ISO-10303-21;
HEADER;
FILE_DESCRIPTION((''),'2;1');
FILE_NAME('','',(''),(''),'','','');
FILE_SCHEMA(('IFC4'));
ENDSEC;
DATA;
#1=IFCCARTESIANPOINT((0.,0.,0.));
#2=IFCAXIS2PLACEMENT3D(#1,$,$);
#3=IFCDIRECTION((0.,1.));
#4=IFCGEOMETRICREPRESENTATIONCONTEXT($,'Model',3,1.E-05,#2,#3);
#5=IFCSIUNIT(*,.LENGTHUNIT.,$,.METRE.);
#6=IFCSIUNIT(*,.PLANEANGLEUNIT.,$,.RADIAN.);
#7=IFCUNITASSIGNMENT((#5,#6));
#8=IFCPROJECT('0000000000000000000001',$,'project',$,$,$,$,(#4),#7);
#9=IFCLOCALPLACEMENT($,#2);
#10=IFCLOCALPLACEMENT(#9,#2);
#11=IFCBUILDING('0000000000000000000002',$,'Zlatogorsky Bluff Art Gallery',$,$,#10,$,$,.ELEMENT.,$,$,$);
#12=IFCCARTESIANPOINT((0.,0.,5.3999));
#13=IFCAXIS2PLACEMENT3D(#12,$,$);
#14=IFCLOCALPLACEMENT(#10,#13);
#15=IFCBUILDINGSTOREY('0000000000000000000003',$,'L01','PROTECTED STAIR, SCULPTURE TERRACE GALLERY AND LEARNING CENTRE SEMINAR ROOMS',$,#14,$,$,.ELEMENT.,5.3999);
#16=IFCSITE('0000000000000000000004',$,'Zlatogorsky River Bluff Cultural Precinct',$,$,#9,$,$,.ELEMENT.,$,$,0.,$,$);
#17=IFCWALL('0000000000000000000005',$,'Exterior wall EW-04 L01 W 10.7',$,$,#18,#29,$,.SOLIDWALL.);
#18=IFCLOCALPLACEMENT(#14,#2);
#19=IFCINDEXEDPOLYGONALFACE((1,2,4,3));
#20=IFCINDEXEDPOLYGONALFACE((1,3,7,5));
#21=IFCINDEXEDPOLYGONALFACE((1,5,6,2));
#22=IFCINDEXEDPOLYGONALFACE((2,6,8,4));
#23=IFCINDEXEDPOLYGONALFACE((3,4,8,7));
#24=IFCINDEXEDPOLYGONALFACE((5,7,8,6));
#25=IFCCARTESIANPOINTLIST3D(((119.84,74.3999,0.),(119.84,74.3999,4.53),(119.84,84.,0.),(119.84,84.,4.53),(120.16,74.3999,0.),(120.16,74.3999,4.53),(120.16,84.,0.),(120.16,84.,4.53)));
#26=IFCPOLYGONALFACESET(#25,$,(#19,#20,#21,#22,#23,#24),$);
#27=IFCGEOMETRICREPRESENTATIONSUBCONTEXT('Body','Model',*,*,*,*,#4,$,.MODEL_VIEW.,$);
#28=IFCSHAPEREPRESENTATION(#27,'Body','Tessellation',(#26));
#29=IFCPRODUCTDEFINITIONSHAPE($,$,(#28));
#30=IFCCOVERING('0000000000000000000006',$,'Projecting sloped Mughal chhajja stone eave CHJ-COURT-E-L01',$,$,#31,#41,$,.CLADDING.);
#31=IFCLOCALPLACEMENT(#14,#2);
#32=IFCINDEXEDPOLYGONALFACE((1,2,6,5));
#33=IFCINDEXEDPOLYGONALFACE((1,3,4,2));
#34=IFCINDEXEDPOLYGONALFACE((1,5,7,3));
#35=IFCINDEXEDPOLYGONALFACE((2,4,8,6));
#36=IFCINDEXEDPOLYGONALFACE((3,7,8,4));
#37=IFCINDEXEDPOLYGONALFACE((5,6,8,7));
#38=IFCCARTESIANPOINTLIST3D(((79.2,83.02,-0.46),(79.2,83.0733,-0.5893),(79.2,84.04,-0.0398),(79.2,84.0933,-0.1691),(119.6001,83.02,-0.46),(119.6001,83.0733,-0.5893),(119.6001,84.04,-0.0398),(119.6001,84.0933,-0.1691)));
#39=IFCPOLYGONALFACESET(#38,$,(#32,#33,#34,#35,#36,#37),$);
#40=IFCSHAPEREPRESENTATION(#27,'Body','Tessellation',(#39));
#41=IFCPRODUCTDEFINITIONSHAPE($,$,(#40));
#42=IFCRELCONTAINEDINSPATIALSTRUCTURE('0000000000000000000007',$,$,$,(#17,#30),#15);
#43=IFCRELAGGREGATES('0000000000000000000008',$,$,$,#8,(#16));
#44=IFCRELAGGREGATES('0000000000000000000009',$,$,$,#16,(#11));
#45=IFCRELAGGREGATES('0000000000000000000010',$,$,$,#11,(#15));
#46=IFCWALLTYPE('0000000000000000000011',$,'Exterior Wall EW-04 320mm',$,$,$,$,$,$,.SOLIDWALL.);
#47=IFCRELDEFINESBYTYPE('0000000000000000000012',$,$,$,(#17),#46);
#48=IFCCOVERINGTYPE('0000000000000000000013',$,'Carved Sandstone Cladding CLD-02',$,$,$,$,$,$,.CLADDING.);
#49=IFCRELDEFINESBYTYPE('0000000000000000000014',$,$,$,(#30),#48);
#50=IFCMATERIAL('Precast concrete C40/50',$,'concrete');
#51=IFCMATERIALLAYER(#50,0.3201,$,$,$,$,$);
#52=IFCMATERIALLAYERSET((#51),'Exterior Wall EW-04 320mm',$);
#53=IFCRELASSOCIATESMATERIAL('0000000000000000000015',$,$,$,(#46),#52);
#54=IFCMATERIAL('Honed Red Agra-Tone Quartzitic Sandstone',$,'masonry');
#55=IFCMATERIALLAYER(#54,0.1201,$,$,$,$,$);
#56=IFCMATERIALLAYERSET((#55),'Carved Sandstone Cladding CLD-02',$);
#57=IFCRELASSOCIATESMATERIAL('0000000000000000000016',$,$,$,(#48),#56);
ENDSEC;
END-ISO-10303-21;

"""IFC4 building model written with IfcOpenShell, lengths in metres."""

from ifc_helpers import new_model, si_unit, direction, frame, frame_2d, origin, place, context, subcontext, project, spatial, polyline, rectangle, outline, extrude, material, layer, layer_set, type_object, element, save


model = new_model("IFC4")

# Units and contexts
model_context = context("Model", 3, precision=1e-05, world=origin(), true_north=direction((0.0, 1.0)))
body_context = subcontext(model_context, "Body", "Model", "MODEL_VIEW")
ifc_project = project(units=[si_unit("LENGTHUNIT", "METRE"), si_unit("PLANEANGLEUNIT", "RADIAN")], contexts=[model_context])

# Site, building, storey
site_placement = place(None, origin())
site = spatial("IfcSite", under=ifc_project, at=site_placement, Name="Zlatogorsky River Bluff Cultural Precinct", CompositionType="ELEMENT", RefElevation=0.0)
building_placement = place(site_placement, origin())
building = spatial("IfcBuilding", under=site, at=building_placement, Name="Zlatogorsky Bluff Art Gallery", CompositionType="ELEMENT")
storey_placement = place(building_placement, frame((0.0, 0.0, 5.3999)))
storey = spatial("IfcBuildingStorey", under=building, at=storey_placement, Name="L01", Description="PROTECTED STAIR, SCULPTURE TERRACE GALLERY AND LEARNING CENTRE SEMINAR ROOMS", CompositionType="ELEMENT", Elevation=5.3999)

# Wall
ifc_material_1 = material(Name="Precast concrete C40/50", Category="concrete")
ifc_layer_1 = layer(ifc_material_1, 0.3201)
ifc_layer_set_1 = layer_set([ifc_layer_1], Name="Exterior Wall EW-04 320mm")
wall_type = type_object("IfcWallType", Name="Exterior Wall EW-04 320mm", PredefinedType="SOLIDWALL", material=ifc_layer_set_1)
wall_placement = place(storey_placement, frame((120.0, 84.0, 0.0), z_axis=(0.0, 0.0, 1.0), x_axis=(0.0, -1.0, 0.0)))
element("IfcWall", 1, at=wall_placement, inside=storey, type_object=wall_type, Name="Exterior wall EW-04 L01 W 10.7", PredefinedType="SOLIDWALL", context=body_context, shape_type="SweptSolid", body=[
    extrude(rectangle(XDim=9.6001, YDim=0.3201, at=frame_2d((4.8, 0.0))), origin(), (0.0, 0.0, 1.0), 4.53),
])

# Covering
ifc_material_2 = material(Name="Honed Red Agra-Tone Quartzitic Sandstone", Category="masonry")
ifc_layer_2 = layer(ifc_material_2, 0.1201)
ifc_layer_set_2 = layer_set([ifc_layer_2], Name="Carved Sandstone Cladding CLD-02")
covering_type = type_object("IfcCoveringType", Name="Carved Sandstone Cladding CLD-02", PredefinedType="CLADDING", material=ifc_layer_set_2)
covering_placement = place(storey_placement, frame((119.6001, 84.04, -0.0398), z_axis=(0.0, -0.380872, 0.924628), x_axis=(-1.0, 0.0, 0.0)))
element("IfcCovering", 2, at=covering_placement, inside=storey, type_object=covering_type, Name="Projecting sloped Mughal chhajja stone eave CHJ-COURT-E-L01", PredefinedType="CLADDING", context=body_context, shape_type="SweptSolid", body=[
    extrude(outline(polyline([(0.0, 0.0), (40.4001, 0.0), (40.4001, 1.1032), (0.0, 1.1032), (0.0, 0.0)])), origin(), (0.0, 0.0, -1.0), 0.1399),
])

save(model, "model.ifc")
